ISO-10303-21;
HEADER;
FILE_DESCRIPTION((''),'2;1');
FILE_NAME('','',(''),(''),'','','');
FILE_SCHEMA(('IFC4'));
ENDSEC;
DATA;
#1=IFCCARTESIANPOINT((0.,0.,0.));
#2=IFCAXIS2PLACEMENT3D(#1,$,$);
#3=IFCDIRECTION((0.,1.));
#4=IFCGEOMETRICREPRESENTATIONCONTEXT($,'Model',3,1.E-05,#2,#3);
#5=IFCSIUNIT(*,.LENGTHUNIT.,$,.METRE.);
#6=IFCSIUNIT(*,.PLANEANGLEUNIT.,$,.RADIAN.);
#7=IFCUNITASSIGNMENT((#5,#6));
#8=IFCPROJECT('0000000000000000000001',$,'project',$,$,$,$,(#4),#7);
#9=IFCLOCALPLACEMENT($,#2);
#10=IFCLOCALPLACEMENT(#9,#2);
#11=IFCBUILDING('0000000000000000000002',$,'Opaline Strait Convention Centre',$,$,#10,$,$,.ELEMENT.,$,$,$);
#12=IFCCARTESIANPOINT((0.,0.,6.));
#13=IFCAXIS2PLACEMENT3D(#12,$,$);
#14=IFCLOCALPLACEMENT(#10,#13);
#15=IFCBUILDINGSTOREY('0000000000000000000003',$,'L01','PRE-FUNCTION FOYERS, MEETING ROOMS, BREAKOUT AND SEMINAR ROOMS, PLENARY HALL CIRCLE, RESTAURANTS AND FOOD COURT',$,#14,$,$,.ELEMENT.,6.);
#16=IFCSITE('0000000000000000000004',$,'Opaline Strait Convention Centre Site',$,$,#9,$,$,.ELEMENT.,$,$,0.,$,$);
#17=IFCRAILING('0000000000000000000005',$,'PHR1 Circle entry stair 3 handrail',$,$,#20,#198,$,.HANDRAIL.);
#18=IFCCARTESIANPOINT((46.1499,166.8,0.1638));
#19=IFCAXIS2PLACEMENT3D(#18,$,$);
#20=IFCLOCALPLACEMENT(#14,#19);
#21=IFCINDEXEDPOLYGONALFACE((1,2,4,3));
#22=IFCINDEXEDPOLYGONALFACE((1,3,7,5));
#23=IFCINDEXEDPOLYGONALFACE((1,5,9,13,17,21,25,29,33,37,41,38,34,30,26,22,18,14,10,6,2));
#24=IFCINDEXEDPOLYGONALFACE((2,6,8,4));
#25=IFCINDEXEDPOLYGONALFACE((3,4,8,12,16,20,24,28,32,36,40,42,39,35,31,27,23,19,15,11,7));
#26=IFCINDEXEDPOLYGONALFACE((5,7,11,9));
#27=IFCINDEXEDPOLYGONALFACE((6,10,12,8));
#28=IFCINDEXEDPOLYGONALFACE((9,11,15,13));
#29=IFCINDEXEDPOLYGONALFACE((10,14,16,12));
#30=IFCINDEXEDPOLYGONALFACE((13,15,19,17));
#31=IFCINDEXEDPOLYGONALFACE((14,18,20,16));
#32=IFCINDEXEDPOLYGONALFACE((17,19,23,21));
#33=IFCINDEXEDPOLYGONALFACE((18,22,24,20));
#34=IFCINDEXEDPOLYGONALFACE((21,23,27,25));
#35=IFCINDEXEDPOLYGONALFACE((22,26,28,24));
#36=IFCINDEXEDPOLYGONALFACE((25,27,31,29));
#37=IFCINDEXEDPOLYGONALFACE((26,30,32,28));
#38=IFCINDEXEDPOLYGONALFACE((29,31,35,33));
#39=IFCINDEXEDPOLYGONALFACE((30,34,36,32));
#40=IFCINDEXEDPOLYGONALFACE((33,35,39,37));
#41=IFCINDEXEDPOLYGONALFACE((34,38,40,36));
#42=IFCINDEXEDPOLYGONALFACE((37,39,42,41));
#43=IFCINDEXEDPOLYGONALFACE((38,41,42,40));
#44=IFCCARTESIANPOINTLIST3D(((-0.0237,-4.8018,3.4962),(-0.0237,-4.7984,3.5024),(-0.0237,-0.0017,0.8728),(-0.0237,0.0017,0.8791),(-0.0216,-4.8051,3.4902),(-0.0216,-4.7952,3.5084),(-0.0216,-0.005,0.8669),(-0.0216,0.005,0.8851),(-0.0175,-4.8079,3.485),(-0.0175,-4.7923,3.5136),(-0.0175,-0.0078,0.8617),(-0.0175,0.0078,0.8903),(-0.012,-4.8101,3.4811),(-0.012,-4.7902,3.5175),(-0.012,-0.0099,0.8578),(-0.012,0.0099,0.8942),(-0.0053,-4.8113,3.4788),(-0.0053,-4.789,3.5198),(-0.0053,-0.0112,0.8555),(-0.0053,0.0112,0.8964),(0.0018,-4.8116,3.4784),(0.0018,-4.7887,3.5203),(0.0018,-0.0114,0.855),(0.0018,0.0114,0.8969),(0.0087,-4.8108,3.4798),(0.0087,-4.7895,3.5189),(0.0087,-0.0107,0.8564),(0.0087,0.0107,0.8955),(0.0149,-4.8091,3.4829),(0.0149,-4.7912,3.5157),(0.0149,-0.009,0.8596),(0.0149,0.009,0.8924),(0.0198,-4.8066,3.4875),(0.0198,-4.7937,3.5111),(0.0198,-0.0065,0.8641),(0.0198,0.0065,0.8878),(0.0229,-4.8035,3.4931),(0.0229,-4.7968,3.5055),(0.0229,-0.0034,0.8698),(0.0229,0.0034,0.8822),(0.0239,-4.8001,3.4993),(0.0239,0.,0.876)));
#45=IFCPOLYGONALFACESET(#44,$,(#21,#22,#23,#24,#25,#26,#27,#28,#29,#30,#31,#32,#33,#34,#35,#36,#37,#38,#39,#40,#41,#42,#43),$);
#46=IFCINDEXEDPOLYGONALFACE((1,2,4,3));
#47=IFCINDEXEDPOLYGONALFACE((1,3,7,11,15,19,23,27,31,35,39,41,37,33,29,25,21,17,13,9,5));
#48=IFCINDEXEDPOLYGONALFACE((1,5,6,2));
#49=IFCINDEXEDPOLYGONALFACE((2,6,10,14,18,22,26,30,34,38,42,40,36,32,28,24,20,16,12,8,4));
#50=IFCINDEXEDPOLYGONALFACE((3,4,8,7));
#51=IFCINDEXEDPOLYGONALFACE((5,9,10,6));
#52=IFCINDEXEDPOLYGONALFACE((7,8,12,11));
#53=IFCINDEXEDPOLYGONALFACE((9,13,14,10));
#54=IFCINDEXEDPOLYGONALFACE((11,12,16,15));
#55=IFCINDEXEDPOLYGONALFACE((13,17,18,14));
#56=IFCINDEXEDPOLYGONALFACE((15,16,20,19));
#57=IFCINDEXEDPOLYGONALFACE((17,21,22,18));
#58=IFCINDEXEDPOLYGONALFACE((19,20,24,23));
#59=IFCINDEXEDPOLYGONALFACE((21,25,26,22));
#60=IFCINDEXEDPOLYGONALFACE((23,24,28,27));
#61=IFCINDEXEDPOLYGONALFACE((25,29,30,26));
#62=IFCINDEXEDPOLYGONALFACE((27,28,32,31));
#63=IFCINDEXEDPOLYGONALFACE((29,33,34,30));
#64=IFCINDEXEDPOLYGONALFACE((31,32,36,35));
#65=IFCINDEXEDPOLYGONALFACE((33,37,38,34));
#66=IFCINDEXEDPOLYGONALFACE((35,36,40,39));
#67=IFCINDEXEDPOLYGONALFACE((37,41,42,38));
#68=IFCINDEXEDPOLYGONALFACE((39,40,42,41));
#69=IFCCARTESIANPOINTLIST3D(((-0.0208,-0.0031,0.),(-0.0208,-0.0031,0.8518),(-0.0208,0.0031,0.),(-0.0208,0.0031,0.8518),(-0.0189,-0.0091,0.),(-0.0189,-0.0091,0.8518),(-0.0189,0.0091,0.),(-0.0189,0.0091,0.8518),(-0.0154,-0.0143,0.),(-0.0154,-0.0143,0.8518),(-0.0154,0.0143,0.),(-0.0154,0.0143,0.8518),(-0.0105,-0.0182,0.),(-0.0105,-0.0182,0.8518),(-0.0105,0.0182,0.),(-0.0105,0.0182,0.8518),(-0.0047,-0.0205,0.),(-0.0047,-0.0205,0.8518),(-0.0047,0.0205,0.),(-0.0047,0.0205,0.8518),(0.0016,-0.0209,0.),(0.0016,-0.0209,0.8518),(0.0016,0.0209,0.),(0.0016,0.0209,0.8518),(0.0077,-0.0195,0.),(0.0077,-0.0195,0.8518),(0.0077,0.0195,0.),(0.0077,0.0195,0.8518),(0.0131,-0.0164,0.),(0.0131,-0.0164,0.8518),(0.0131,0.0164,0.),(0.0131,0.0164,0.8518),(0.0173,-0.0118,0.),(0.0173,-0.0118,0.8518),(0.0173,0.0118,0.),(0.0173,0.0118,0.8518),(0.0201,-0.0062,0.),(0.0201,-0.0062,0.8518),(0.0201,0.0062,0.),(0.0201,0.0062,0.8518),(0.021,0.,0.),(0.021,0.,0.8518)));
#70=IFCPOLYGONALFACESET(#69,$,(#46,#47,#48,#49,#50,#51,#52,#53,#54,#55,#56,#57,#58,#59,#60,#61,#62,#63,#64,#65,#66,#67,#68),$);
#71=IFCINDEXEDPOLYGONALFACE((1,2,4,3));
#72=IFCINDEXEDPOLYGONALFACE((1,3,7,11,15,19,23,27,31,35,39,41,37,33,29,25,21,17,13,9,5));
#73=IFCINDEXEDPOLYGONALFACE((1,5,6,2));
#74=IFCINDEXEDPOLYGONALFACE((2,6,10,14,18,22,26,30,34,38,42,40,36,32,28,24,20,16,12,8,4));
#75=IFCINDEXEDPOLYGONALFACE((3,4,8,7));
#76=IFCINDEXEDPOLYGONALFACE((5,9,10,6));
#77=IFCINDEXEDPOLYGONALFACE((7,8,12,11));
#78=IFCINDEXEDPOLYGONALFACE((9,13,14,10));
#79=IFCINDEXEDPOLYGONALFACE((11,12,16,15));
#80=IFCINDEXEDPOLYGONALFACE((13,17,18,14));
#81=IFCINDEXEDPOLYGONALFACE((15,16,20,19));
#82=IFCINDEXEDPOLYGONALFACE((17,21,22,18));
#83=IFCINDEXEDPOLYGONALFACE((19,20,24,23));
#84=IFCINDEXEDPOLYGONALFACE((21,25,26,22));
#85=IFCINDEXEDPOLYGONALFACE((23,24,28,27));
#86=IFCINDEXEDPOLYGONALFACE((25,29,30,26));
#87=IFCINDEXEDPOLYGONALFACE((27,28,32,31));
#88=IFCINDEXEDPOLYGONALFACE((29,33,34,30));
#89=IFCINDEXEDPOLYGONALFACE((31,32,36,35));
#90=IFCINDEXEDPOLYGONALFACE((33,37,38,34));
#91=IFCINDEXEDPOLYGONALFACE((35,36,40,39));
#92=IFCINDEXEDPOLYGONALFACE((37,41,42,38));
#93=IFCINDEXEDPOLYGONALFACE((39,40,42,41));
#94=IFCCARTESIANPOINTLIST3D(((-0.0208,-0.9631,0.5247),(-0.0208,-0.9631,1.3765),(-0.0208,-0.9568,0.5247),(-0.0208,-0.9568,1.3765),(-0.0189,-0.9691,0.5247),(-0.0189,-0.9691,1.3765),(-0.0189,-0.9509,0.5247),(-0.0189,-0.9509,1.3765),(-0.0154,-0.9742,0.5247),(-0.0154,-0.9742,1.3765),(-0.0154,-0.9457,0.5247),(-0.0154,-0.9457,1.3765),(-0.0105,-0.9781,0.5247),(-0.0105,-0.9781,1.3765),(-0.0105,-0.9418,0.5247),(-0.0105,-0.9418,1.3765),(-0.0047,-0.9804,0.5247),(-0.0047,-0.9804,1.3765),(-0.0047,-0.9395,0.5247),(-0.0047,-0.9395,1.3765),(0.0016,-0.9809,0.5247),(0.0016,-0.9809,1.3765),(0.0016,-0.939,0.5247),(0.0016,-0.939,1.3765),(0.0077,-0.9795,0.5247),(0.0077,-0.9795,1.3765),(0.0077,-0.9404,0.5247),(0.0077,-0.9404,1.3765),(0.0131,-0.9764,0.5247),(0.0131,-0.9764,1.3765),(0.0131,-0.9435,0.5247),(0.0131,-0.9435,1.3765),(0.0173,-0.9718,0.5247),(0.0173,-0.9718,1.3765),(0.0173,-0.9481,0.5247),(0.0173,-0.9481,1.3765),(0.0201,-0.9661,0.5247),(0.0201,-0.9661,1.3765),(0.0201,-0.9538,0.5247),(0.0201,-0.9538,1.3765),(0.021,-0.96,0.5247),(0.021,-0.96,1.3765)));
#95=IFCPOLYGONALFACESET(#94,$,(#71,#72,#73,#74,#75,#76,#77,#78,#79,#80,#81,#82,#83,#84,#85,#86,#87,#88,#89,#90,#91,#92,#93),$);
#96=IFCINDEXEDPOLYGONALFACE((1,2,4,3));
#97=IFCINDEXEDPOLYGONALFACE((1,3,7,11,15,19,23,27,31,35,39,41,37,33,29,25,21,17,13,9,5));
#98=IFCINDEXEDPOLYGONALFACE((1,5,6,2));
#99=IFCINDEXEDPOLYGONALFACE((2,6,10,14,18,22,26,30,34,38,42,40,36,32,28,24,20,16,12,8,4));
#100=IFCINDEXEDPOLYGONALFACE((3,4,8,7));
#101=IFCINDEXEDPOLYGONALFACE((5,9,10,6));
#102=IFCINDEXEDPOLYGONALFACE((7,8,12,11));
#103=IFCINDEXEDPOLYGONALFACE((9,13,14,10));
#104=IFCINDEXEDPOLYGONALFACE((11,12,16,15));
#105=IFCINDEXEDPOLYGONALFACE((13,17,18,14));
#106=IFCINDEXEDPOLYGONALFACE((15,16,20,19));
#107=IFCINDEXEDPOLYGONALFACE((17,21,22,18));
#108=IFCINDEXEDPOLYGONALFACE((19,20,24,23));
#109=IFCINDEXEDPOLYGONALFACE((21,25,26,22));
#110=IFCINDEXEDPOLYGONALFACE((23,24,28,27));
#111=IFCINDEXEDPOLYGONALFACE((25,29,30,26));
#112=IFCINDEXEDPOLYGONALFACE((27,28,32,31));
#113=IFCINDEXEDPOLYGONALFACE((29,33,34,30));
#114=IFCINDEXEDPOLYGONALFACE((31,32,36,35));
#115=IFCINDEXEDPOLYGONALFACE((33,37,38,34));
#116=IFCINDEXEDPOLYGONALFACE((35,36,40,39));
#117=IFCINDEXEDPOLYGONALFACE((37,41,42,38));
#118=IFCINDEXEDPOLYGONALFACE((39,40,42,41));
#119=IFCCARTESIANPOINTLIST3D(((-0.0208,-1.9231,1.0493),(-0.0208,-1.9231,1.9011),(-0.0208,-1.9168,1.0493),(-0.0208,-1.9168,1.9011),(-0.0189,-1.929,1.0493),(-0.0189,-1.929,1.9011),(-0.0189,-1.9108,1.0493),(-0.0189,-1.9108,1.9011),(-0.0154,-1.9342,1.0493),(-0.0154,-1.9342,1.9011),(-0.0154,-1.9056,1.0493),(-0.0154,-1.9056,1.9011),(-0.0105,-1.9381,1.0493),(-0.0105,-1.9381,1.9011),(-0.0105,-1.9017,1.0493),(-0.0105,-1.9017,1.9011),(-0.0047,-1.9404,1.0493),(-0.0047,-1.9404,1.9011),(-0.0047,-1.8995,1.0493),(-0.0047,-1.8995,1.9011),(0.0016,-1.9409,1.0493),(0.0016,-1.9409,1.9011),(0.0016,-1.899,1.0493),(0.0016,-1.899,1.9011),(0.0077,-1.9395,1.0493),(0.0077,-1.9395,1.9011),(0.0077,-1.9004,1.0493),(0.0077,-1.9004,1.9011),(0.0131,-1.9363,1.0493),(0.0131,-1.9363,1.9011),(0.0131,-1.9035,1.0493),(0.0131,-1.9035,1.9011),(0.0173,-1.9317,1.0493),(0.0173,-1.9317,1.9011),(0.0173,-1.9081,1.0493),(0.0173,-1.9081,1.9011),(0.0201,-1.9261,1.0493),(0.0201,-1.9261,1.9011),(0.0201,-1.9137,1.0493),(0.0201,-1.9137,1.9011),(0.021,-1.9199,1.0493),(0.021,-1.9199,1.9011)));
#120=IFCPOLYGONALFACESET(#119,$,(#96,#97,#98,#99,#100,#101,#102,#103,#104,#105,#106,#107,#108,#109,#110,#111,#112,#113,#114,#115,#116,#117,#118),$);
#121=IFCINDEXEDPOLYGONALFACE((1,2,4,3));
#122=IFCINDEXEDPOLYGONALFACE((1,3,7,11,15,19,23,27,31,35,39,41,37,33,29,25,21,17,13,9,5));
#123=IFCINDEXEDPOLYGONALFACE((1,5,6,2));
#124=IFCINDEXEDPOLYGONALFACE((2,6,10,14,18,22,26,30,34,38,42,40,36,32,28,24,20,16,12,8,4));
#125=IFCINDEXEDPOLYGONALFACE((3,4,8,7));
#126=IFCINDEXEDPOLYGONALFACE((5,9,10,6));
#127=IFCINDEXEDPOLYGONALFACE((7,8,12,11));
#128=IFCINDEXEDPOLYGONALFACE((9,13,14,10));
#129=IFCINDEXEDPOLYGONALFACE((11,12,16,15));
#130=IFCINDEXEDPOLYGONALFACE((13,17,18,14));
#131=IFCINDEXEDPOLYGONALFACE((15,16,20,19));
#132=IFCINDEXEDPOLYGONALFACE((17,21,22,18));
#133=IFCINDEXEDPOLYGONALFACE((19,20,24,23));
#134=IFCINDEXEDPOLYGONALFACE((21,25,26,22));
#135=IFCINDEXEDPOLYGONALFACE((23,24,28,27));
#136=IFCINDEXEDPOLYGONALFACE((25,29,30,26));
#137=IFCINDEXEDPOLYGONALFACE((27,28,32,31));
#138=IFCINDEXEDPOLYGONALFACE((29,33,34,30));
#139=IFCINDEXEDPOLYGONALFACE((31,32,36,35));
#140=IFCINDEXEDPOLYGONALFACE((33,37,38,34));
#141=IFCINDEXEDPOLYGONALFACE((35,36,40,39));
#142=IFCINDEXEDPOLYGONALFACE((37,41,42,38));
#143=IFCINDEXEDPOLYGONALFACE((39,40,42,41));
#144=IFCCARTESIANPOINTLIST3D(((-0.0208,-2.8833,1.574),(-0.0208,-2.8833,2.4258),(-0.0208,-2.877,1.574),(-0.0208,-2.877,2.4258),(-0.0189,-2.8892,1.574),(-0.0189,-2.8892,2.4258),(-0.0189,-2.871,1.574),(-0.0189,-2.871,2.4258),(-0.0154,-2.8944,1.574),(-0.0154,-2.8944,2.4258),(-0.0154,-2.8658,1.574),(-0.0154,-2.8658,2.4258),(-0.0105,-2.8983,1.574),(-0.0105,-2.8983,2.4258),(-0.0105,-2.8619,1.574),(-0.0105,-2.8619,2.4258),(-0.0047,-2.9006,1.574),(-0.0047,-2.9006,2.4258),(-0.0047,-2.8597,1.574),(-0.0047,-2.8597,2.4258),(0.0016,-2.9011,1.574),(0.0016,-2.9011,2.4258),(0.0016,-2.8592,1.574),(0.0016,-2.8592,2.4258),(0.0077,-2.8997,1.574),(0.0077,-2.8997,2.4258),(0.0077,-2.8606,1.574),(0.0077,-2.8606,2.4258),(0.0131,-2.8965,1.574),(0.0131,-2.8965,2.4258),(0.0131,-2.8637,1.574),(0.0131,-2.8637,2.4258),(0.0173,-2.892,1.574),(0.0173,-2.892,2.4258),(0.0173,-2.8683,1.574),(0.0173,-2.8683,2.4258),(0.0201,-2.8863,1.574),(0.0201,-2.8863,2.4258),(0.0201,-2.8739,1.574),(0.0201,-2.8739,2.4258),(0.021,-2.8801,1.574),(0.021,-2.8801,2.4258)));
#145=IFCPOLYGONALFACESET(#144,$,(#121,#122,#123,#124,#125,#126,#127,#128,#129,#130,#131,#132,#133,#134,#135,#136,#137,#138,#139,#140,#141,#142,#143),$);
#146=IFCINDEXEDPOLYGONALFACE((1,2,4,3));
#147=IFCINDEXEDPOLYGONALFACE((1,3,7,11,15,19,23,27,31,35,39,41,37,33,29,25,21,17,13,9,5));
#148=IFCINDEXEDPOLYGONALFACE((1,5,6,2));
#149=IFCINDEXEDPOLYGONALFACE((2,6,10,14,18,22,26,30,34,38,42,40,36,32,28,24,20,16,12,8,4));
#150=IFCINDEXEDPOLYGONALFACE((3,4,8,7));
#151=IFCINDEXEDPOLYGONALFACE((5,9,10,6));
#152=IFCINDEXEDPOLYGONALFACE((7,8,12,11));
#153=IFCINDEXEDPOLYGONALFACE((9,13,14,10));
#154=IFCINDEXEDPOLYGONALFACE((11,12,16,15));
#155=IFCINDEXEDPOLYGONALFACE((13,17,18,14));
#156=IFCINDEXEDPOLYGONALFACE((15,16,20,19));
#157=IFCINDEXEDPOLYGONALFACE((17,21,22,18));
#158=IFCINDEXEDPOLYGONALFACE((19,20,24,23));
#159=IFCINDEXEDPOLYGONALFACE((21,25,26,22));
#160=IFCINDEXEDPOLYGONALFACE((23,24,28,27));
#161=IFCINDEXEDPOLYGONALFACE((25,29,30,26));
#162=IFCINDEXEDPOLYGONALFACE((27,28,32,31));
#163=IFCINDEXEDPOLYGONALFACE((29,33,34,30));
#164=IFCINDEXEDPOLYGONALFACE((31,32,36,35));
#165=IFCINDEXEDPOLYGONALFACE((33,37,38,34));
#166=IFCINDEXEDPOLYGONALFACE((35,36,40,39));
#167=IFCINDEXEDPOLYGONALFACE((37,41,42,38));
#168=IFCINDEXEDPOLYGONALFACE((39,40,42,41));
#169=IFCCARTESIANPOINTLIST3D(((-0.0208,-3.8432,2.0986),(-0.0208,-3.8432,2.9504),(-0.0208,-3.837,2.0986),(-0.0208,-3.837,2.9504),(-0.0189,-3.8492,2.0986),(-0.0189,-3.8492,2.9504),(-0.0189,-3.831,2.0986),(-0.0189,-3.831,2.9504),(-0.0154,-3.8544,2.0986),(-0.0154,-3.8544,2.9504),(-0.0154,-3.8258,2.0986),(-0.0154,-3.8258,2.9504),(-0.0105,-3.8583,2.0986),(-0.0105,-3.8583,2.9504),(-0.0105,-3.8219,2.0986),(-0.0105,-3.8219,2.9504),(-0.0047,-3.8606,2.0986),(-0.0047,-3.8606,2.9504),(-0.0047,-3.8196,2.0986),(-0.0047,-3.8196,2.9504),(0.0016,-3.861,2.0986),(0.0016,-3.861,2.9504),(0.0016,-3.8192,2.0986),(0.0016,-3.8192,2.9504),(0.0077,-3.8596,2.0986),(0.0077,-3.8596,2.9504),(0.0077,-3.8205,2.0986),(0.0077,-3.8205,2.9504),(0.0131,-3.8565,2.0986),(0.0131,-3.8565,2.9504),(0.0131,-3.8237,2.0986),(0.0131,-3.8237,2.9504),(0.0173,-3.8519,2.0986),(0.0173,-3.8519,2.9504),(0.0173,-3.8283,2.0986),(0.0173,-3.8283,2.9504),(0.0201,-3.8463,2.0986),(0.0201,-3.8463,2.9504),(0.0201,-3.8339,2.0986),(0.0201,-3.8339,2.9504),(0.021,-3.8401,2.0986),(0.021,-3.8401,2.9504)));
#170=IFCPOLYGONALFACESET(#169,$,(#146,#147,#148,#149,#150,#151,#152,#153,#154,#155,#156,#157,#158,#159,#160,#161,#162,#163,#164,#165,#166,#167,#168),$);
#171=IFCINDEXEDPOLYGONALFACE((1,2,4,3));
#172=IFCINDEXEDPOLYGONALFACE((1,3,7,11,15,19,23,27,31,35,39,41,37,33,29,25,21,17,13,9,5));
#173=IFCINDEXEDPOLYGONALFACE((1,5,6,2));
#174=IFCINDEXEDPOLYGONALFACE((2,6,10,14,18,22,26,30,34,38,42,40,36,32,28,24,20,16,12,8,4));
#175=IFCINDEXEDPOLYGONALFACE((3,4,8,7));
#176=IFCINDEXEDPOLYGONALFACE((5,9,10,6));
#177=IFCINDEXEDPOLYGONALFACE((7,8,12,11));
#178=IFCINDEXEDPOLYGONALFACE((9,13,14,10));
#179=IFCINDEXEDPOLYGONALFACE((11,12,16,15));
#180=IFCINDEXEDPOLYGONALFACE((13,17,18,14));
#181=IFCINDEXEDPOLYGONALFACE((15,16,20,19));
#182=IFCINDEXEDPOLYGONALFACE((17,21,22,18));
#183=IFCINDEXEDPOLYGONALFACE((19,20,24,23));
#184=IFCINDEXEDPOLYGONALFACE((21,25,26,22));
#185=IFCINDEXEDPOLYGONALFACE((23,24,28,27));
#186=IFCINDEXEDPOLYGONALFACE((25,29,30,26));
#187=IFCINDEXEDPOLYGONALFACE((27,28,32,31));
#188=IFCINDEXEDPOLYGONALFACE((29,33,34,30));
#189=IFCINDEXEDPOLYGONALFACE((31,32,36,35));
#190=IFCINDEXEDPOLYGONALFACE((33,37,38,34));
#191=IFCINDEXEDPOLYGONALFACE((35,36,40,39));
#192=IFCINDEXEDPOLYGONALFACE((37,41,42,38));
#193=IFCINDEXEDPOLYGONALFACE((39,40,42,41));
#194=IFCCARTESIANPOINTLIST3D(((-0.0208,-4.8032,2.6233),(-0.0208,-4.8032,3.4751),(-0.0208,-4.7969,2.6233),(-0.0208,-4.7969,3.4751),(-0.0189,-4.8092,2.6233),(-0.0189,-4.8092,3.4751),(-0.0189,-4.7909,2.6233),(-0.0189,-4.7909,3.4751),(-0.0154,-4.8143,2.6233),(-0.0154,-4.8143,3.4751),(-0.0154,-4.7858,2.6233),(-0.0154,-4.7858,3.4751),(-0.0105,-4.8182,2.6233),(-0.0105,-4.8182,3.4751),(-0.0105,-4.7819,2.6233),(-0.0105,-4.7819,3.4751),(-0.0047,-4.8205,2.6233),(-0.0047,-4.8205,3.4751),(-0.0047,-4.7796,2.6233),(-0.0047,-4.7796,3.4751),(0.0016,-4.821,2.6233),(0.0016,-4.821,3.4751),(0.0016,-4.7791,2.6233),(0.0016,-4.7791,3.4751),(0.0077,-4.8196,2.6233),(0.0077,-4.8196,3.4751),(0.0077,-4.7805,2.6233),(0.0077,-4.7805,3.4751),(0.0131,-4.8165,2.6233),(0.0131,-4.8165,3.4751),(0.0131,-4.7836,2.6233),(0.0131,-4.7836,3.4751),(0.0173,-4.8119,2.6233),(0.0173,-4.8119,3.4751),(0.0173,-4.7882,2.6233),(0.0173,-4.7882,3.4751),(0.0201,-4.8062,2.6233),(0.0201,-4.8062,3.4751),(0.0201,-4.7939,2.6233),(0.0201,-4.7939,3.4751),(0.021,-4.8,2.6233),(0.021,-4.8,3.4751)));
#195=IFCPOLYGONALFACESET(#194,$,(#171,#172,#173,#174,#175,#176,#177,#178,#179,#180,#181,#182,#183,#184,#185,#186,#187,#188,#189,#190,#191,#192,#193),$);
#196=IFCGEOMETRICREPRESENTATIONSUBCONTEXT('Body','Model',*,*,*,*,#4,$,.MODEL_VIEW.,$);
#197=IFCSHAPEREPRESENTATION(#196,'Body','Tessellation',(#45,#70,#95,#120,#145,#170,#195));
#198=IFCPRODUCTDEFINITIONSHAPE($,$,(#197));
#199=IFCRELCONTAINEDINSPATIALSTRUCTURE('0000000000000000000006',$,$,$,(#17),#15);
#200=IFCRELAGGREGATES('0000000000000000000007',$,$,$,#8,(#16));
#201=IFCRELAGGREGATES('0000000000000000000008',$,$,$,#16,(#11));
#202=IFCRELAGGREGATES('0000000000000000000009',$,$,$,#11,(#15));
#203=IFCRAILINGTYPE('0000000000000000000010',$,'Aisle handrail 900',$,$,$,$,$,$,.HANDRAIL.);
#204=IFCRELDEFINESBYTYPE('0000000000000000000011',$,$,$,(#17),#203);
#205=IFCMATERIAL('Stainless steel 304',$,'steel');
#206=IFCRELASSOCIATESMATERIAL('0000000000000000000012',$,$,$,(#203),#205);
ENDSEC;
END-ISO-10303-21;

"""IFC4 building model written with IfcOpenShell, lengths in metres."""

from ifc_helpers import new_model, si_unit, direction, frame, origin, origin_2d, place, context, subcontext, project, spatial, circle, extrude, material, type_object, element, save


model = new_model("IFC4")

# Units and contexts
model_context = context("Model", 3, precision=1e-05, world=origin(), true_north=direction((0.0, 1.0)))
body_context = subcontext(model_context, "Body", "Model", "MODEL_VIEW")
ifc_project = project(units=[si_unit("LENGTHUNIT", "METRE"), si_unit("PLANEANGLEUNIT", "RADIAN")], contexts=[model_context])

# Site, building, storey
site_placement = place(None, origin())
site = spatial("IfcSite", under=ifc_project, at=site_placement, Name="Opaline Strait Convention Centre Site", CompositionType="ELEMENT", RefElevation=0.0)
building_placement = place(site_placement, origin())
building = spatial("IfcBuilding", under=site, at=building_placement, Name="Opaline Strait Convention Centre", CompositionType="ELEMENT")
storey_placement = place(building_placement, frame((0.0, 0.0, 6.0)))
storey = spatial("IfcBuildingStorey", under=building, at=storey_placement, Name="L01", Description="PRE-FUNCTION FOYERS, MEETING ROOMS, BREAKOUT AND SEMINAR ROOMS, PLENARY HALL CIRCLE, RESTAURANTS AND FOOD COURT", CompositionType="ELEMENT", Elevation=6.0)

# Railing
ifc_material_1 = material(Name="Stainless steel 304", Category="steel")
railing_type_1 = type_object("IfcRailingType", Name="Aisle handrail 900", PredefinedType="HANDRAIL", material=ifc_material_1)
for number, where, name in (
    (1, (46.1499, 166.8, 0.1638), "PHR1 Circle entry stair 3 handrail"),
):
    element("IfcRailing", number, at=place(storey_placement, frame(where)), inside=storey, type_object=railing_type_1, Name=name, PredefinedType="HANDRAIL", context=body_context, shape_type="SweptSolid", body=[
        extrude(circle(Radius=0.0239, at=origin_2d()), frame((0.0, 0.0, 0.876), z_axis=(0.0, -0.877505, 0.479568), x_axis=(1.0, 0.0, 0.0)), (0.0, 0.0, 1.0), 5.4702),
        extrude(circle(Radius=0.021, at=origin_2d()), origin(), (0.0, 0.0, 1.0), 0.8518),
        extrude(circle(Radius=0.021, at=origin_2d()), frame((0.0, -0.96, 0.5247)), (0.0, 0.0, 1.0), 0.8518),
        extrude(circle(Radius=0.021, at=origin_2d()), frame((0.0, -1.9199, 1.0493)), (0.0, 0.0, 1.0), 0.8518),
        extrude(circle(Radius=0.021, at=origin_2d()), frame((0.0, -2.8801, 1.574)), (0.0, 0.0, 1.0), 0.8518),
        extrude(circle(Radius=0.021, at=origin_2d()), frame((0.0, -3.8401, 2.0986)), (0.0, 0.0, 1.0), 0.8518),
        extrude(circle(Radius=0.021, at=origin_2d()), frame((0.0, -4.8, 2.6233)), (0.0, 0.0, 1.0), 0.8518),
    ])

save(model, "model.ifc")
